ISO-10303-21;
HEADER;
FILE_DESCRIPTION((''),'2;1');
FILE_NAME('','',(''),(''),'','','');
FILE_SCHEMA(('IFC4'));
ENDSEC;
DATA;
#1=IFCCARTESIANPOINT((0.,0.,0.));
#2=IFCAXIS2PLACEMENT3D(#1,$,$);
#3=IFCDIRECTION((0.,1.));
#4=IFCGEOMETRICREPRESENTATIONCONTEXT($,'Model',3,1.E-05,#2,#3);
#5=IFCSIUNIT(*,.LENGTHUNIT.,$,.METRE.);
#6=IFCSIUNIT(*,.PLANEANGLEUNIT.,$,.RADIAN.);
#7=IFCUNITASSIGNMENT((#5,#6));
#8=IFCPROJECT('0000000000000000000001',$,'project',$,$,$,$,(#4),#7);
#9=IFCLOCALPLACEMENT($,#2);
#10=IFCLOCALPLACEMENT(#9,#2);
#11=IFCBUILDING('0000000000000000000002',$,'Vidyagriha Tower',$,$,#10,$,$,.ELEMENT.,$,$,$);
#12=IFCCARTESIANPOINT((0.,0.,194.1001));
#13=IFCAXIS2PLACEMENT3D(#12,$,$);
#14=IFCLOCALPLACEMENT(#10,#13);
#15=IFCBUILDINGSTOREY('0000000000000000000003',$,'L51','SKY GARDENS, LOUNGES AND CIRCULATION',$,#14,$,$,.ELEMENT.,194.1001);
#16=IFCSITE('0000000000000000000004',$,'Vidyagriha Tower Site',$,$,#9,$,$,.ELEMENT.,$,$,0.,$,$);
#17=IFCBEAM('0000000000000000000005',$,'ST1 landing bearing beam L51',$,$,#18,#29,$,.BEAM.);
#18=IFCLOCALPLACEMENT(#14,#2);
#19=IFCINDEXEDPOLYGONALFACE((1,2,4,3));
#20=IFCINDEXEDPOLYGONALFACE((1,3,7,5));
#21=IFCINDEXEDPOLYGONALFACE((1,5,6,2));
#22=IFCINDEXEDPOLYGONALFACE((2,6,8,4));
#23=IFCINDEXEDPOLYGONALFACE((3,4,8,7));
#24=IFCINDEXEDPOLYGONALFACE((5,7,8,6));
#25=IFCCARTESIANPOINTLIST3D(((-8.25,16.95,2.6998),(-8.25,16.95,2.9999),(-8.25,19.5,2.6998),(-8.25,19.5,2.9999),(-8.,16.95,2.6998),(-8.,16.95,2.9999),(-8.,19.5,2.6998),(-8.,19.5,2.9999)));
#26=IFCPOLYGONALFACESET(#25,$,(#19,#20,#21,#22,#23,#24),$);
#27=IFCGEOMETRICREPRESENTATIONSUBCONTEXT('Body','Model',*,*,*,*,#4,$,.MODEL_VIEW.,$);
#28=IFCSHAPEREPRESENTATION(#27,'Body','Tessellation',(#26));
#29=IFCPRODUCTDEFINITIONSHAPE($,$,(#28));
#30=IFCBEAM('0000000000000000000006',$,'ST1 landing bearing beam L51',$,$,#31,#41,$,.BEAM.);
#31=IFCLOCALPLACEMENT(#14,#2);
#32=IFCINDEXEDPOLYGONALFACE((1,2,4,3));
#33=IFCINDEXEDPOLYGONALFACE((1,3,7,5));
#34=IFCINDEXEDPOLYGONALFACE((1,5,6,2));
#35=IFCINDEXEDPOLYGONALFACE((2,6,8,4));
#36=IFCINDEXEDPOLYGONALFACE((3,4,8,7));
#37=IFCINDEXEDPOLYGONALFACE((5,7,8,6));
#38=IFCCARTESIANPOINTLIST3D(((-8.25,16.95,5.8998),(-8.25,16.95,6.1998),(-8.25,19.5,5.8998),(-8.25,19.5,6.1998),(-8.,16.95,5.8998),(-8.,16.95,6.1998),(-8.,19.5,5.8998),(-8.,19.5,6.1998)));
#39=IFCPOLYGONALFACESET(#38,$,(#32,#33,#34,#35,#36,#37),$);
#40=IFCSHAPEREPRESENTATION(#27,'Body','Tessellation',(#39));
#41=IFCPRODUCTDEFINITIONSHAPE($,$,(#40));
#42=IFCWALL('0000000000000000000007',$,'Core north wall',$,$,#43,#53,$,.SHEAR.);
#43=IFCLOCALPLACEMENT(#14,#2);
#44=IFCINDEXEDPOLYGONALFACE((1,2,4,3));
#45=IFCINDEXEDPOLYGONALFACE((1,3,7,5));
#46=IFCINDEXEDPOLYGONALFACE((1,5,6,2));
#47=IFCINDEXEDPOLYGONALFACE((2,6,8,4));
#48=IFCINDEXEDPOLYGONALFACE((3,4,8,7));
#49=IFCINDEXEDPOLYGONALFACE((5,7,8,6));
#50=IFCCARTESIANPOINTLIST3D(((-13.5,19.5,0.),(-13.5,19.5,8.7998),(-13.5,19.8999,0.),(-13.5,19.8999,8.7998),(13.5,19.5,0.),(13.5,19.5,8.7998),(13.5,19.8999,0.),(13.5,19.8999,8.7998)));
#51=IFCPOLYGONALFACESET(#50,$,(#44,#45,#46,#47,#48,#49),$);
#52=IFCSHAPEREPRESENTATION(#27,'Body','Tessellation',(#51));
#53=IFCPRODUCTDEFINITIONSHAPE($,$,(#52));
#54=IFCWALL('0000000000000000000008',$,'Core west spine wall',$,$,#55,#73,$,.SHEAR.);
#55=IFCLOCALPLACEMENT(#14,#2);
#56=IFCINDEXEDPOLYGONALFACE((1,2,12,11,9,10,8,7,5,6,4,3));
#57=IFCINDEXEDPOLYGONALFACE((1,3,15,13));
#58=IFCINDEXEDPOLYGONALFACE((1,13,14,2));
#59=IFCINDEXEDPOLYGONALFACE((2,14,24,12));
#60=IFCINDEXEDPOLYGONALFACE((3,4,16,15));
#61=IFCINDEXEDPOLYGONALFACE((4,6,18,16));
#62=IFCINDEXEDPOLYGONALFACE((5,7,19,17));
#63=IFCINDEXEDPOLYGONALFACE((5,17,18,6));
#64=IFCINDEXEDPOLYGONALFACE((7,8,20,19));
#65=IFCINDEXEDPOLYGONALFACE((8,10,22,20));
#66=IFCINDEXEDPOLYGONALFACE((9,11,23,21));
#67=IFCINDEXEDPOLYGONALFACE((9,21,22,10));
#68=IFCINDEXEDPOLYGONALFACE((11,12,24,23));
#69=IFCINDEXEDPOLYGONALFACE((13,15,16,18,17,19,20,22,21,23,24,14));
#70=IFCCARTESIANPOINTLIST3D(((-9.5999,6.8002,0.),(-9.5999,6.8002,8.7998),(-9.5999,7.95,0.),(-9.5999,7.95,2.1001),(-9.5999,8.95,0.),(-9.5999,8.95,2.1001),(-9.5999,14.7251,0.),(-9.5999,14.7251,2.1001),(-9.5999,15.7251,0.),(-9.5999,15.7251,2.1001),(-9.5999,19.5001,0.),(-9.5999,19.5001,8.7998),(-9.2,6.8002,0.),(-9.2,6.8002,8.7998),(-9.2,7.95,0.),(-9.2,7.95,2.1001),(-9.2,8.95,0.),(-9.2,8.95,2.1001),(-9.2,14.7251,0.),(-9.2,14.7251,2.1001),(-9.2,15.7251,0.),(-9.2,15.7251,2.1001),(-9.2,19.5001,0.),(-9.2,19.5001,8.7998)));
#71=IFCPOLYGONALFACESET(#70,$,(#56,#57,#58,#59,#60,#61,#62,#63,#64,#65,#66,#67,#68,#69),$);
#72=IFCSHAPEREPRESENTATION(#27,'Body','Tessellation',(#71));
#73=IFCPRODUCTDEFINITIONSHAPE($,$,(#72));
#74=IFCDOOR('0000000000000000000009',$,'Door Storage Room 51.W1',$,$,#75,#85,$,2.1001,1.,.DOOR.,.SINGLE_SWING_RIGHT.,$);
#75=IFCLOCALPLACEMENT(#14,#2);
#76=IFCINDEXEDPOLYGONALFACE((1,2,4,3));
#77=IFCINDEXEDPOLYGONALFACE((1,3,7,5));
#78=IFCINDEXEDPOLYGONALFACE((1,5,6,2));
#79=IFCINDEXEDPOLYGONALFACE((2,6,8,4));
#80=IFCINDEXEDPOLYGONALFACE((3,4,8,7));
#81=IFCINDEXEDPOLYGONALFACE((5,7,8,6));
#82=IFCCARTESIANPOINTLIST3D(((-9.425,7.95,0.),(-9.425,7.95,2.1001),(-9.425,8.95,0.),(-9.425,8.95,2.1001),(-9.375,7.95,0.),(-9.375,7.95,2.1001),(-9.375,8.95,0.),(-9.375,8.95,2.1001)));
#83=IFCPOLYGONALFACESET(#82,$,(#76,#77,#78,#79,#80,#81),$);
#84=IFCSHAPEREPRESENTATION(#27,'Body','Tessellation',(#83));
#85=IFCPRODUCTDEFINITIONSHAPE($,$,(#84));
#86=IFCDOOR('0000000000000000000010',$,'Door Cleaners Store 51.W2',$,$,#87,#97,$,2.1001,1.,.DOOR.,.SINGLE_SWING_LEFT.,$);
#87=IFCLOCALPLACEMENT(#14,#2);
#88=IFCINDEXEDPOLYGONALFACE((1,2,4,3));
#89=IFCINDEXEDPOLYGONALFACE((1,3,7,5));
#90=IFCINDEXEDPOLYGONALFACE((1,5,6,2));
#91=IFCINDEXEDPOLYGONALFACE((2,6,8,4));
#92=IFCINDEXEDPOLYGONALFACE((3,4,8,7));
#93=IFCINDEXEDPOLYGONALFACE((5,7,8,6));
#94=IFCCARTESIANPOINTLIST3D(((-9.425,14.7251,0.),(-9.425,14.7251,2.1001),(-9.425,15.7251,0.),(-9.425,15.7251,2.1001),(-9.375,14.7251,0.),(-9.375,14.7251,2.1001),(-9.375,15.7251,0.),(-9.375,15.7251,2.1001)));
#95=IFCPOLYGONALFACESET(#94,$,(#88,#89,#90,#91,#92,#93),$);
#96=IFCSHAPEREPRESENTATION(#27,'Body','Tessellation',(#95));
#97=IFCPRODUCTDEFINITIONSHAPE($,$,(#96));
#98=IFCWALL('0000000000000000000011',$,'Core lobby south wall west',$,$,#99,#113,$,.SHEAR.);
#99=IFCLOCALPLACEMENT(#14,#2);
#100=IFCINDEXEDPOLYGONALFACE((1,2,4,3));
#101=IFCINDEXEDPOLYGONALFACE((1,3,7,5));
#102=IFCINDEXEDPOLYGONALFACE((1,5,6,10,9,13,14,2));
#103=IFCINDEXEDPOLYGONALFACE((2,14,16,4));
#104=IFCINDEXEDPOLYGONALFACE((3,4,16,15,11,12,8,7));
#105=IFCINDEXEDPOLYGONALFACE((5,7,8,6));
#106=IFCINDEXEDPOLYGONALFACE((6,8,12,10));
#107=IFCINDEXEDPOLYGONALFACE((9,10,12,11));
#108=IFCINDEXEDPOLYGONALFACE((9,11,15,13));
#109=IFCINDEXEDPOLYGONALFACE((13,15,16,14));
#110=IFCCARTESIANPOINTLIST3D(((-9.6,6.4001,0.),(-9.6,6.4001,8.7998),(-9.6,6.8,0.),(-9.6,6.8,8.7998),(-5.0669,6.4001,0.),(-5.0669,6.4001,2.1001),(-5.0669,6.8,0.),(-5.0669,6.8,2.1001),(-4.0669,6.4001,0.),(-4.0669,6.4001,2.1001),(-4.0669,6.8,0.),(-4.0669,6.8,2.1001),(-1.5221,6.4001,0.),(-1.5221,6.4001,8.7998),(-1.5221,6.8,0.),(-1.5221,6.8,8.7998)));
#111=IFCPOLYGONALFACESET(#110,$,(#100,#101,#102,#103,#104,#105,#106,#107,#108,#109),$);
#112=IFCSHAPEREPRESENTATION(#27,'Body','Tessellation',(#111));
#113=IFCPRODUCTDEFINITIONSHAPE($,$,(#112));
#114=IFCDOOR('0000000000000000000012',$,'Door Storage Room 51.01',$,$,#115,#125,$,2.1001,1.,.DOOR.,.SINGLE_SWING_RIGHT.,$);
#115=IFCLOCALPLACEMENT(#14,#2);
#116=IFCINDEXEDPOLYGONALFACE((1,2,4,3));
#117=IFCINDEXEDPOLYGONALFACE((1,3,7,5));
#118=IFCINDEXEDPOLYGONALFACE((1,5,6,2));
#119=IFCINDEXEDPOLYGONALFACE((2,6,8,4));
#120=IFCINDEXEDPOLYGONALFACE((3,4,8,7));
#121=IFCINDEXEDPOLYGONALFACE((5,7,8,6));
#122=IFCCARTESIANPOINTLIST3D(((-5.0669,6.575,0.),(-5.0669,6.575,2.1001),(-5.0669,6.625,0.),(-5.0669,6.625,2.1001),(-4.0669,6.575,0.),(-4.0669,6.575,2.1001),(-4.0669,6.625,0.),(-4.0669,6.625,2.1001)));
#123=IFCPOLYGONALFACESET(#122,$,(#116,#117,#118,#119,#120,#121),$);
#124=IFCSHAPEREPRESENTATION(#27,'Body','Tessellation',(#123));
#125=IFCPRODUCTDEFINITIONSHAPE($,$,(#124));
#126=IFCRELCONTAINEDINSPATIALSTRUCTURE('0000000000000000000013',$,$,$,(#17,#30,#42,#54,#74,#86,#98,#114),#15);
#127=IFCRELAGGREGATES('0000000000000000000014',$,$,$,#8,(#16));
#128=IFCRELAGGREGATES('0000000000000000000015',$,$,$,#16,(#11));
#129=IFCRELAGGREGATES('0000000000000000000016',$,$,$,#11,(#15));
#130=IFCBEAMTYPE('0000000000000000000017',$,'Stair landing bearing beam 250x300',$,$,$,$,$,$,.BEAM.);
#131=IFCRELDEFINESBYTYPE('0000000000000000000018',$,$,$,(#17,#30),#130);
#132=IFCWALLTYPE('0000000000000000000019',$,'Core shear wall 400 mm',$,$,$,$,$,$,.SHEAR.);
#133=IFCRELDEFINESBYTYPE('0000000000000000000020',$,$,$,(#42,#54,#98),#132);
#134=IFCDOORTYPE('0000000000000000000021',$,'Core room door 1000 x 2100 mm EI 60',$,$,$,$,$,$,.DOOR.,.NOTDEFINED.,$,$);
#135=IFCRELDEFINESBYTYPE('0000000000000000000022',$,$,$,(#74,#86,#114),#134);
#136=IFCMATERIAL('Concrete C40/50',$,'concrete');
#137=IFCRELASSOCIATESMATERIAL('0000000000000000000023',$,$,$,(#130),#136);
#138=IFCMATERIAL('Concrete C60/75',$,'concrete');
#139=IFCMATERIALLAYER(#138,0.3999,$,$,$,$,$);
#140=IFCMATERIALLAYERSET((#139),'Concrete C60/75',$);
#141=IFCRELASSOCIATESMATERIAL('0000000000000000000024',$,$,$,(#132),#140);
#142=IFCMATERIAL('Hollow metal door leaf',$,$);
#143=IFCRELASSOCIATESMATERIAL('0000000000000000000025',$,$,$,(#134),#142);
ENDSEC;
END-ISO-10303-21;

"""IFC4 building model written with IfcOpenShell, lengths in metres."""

from ifc_helpers import new_model, si_unit, direction, frame, frame_2d, origin, origin_2d, place, context, subcontext, project, spatial, rectangle, extrude, material, layer, layer_set, material_profile, profile_set, type_object, element, fill, save


model = new_model("IFC4")

# Units and contexts
model_context = context("Model", 3, precision=1e-05, world=origin(), true_north=direction((0.0, 1.0)))
body_context = subcontext(model_context, "Body", "Model", "MODEL_VIEW")
ifc_project = project(units=[si_unit("LENGTHUNIT", "METRE"), si_unit("PLANEANGLEUNIT", "RADIAN")], contexts=[model_context])

# Site, building, storey
site_placement = place(None, origin())
site = spatial("IfcSite", under=ifc_project, at=site_placement, Name="Vidyagriha Tower Site", CompositionType="ELEMENT", RefElevation=0.0)
building_placement = place(site_placement, origin())
building = spatial("IfcBuilding", under=site, at=building_placement, Name="Vidyagriha Tower", CompositionType="ELEMENT")
storey_placement = place(building_placement, frame((0.0, 0.0, 194.1001)))
storey = spatial("IfcBuildingStorey", under=building, at=storey_placement, Name="L51", Description="SKY GARDENS, LOUNGES AND CIRCULATION", CompositionType="ELEMENT", Elevation=194.1001)

# Beams
ifc_material_1 = material(Name="Concrete C40/50", Category="concrete")
ifc_material_profile = material_profile(ifc_material_1, rectangle(XDim=0.25, YDim=0.3, at=origin_2d()), Name="Stair landing bearing beam 250x300")
ifc_profile_set = profile_set([ifc_material_profile], Name="Concrete C40/50")
beam_type = type_object("IfcBeamType", Name="Stair landing bearing beam 250x300", PredefinedType="BEAM", material=ifc_profile_set)
for number, where, z_axis, x_axis, name in (
    (1, (-8.125, 16.95, 2.8499), (0.0, 1.0, 0.0), (-1.0, 0.0, 0.0), "ST1 landing bearing beam L51"),
    (2, (-8.125, 16.95, 6.0498), (0.0, 1.0, 0.0), (-1.0, 0.0, 0.0), "ST1 landing bearing beam L51"),
):
    element("IfcBeam", number, at=place(storey_placement, frame(where, z_axis=z_axis, x_axis=x_axis)), inside=storey, type_object=beam_type, Name=name, PredefinedType="BEAM", context=body_context, shape_type="SweptSolid", body=[
        extrude(rectangle(XDim=0.25, YDim=0.3, at=origin_2d()), origin(), (0.0, 0.0, 1.0), 2.55),
    ])

# Wall
ifc_material_2 = material(Name="Concrete C60/75", Category="concrete")
ifc_layer_1 = layer(ifc_material_2, 0.3999)
ifc_layer_set_1 = layer_set([ifc_layer_1], Name="Concrete C60/75")
wall_type_1 = type_object("IfcWallType", Name="Core shear wall 400 mm", PredefinedType="SHEAR", material=ifc_layer_set_1)
wall_1_placement = place(storey_placement, frame((-13.5, 19.7, 0.0)))
element("IfcWall", 3, at=wall_1_placement, inside=storey, type_object=wall_type_1, Name="Core north wall", PredefinedType="SHEAR", context=body_context, shape_type="SweptSolid", body=[
    extrude(rectangle(XDim=27.0, YDim=0.3999, at=frame_2d((13.5, 0.0))), origin(), (0.0, 0.0, 1.0), 8.7998),
])

# Wall, openings, doors
wall_2_placement = place(storey_placement, frame((-9.3999, 6.8, 0.0), z_axis=(0.0, 0.0, 1.0), x_axis=(0.0, 1.0, 0.0)))
wall_2 = element("IfcWall", 4, at=wall_2_placement, inside=storey, type_object=wall_type_1, Name="Core west spine wall", PredefinedType="SHEAR", context=body_context, shape_type="SweptSolid", body=[
    extrude(rectangle(XDim=12.7, YDim=0.3999, at=frame_2d((6.3501, 0.0))), origin(), (0.0, 0.0, 1.0), 8.7998),
])
opening_1_placement = place(wall_2_placement, frame((1.1499, 0.0, 0.0)))
opening_1 = element("IfcOpeningElement", 5, at=opening_1_placement, cuts=wall_2, PredefinedType="OPENING", context=body_context, shape_type="SweptSolid", body=[
    extrude(rectangle(XDim=1.0, YDim=2.1001, at=frame_2d((0.5, 1.05))), frame((0.0, 0.21, 0.0), z_axis=(0.0, -1.0, 0.0), x_axis=(1.0, 0.0, 0.0)), (0.0, 0.0, 1.0), 0.4199),
])
opening_2_placement = place(wall_2_placement, frame((7.925, 0.0, 0.0)))
opening_2 = element("IfcOpeningElement", 6, at=opening_2_placement, cuts=wall_2, PredefinedType="OPENING", context=body_context, shape_type="SweptSolid", body=[
    extrude(rectangle(XDim=1.0, YDim=2.1001, at=frame_2d((0.5, 1.05))), frame((0.0, 0.21, 0.0), z_axis=(0.0, -1.0, 0.0), x_axis=(1.0, 0.0, 0.0)), (0.0, 0.0, 1.0), 0.4199),
])
ifc_material_3 = material(Name="Hollow metal door leaf")
door_type_1 = type_object("IfcDoorType", Name="Core room door 1000 x 2100 mm EI 60", OperationType="NOTDEFINED", PredefinedType="DOOR", material=ifc_material_3)
door_1_placement = place(opening_1_placement, frame((1.0, 0.0, 0.0), z_axis=(0.0, 0.0, 1.0), x_axis=(-1.0, 0.0, 0.0)))
door_1 = element("IfcDoor", 7, at=door_1_placement, inside=storey, type_object=door_type_1, Name="Door Storage Room 51.W1", OperationType="SINGLE_SWING_RIGHT", OverallHeight=2.1001, OverallWidth=1.0, PredefinedType="DOOR", context=body_context, shape_type="SweptSolid", body=[
    extrude(rectangle(XDim=1.0, YDim=2.1001, at=frame_2d((0.5, 1.05))), frame((0.0, 0.0249, 0.0), z_axis=(0.0, -1.0, 0.0), x_axis=(1.0, 0.0, 0.0)), (0.0, 0.0, 1.0), 0.05),
])
fill(opening_1, door_1)
door_2_placement = place(opening_2_placement, frame((1.0, 0.0, 0.0), z_axis=(0.0, 0.0, 1.0), x_axis=(-1.0, 0.0, 0.0)))
door_2 = element("IfcDoor", 8, at=door_2_placement, inside=storey, type_object=door_type_1, Name="Door Cleaners Store 51.W2", OperationType="SINGLE_SWING_LEFT", OverallHeight=2.1001, OverallWidth=1.0, PredefinedType="DOOR", context=body_context, shape_type="SweptSolid", body=[
    extrude(rectangle(XDim=1.0, YDim=2.1001, at=frame_2d((0.5, 1.05))), frame((0.0, 0.0249, 0.0), z_axis=(0.0, -1.0, 0.0), x_axis=(1.0, 0.0, 0.0)), (0.0, 0.0, 1.0), 0.05),
])
fill(opening_2, door_2)

# Wall, opening, door
wall_3_placement = place(storey_placement, frame((-9.6001, 6.6001, 0.0)))
wall_3 = element("IfcWall", 9, at=wall_3_placement, inside=storey, type_object=wall_type_1, Name="Core lobby south wall west", PredefinedType="SHEAR", context=body_context, shape_type="SweptSolid", body=[
    extrude(rectangle(XDim=8.0779, YDim=0.3999, at=frame_2d((4.0391, 0.0))), origin(), (0.0, 0.0, 1.0), 8.7998),
])
opening_3_placement = place(wall_3_placement, frame((4.5332, 0.0, 0.0)))
opening_3 = element("IfcOpeningElement", 10, at=opening_3_placement, cuts=wall_3, PredefinedType="OPENING", context=body_context, shape_type="SweptSolid", body=[
    extrude(rectangle(XDim=1.0, YDim=2.1001, at=frame_2d((0.5, 1.05))), frame((0.0, 0.21, 0.0), z_axis=(0.0, -1.0, 0.0), x_axis=(1.0, 0.0, 0.0)), (0.0, 0.0, 1.0), 0.4199),
])
door_3_placement = place(opening_3_placement, origin())
door_3 = element("IfcDoor", 11, at=door_3_placement, inside=storey, type_object=door_type_1, Name="Door Storage Room 51.01", OperationType="SINGLE_SWING_RIGHT", OverallHeight=2.1001, OverallWidth=1.0, PredefinedType="DOOR", context=body_context, shape_type="SweptSolid", body=[
    extrude(rectangle(XDim=1.0, YDim=2.1001, at=frame_2d((0.5, 1.05))), frame((0.0, 0.0249, 0.0), z_axis=(0.0, -1.0, 0.0), x_axis=(1.0, 0.0, 0.0)), (0.0, 0.0, 1.0), 0.05),
])
fill(opening_3, door_3)

save(model, "model.ifc")
